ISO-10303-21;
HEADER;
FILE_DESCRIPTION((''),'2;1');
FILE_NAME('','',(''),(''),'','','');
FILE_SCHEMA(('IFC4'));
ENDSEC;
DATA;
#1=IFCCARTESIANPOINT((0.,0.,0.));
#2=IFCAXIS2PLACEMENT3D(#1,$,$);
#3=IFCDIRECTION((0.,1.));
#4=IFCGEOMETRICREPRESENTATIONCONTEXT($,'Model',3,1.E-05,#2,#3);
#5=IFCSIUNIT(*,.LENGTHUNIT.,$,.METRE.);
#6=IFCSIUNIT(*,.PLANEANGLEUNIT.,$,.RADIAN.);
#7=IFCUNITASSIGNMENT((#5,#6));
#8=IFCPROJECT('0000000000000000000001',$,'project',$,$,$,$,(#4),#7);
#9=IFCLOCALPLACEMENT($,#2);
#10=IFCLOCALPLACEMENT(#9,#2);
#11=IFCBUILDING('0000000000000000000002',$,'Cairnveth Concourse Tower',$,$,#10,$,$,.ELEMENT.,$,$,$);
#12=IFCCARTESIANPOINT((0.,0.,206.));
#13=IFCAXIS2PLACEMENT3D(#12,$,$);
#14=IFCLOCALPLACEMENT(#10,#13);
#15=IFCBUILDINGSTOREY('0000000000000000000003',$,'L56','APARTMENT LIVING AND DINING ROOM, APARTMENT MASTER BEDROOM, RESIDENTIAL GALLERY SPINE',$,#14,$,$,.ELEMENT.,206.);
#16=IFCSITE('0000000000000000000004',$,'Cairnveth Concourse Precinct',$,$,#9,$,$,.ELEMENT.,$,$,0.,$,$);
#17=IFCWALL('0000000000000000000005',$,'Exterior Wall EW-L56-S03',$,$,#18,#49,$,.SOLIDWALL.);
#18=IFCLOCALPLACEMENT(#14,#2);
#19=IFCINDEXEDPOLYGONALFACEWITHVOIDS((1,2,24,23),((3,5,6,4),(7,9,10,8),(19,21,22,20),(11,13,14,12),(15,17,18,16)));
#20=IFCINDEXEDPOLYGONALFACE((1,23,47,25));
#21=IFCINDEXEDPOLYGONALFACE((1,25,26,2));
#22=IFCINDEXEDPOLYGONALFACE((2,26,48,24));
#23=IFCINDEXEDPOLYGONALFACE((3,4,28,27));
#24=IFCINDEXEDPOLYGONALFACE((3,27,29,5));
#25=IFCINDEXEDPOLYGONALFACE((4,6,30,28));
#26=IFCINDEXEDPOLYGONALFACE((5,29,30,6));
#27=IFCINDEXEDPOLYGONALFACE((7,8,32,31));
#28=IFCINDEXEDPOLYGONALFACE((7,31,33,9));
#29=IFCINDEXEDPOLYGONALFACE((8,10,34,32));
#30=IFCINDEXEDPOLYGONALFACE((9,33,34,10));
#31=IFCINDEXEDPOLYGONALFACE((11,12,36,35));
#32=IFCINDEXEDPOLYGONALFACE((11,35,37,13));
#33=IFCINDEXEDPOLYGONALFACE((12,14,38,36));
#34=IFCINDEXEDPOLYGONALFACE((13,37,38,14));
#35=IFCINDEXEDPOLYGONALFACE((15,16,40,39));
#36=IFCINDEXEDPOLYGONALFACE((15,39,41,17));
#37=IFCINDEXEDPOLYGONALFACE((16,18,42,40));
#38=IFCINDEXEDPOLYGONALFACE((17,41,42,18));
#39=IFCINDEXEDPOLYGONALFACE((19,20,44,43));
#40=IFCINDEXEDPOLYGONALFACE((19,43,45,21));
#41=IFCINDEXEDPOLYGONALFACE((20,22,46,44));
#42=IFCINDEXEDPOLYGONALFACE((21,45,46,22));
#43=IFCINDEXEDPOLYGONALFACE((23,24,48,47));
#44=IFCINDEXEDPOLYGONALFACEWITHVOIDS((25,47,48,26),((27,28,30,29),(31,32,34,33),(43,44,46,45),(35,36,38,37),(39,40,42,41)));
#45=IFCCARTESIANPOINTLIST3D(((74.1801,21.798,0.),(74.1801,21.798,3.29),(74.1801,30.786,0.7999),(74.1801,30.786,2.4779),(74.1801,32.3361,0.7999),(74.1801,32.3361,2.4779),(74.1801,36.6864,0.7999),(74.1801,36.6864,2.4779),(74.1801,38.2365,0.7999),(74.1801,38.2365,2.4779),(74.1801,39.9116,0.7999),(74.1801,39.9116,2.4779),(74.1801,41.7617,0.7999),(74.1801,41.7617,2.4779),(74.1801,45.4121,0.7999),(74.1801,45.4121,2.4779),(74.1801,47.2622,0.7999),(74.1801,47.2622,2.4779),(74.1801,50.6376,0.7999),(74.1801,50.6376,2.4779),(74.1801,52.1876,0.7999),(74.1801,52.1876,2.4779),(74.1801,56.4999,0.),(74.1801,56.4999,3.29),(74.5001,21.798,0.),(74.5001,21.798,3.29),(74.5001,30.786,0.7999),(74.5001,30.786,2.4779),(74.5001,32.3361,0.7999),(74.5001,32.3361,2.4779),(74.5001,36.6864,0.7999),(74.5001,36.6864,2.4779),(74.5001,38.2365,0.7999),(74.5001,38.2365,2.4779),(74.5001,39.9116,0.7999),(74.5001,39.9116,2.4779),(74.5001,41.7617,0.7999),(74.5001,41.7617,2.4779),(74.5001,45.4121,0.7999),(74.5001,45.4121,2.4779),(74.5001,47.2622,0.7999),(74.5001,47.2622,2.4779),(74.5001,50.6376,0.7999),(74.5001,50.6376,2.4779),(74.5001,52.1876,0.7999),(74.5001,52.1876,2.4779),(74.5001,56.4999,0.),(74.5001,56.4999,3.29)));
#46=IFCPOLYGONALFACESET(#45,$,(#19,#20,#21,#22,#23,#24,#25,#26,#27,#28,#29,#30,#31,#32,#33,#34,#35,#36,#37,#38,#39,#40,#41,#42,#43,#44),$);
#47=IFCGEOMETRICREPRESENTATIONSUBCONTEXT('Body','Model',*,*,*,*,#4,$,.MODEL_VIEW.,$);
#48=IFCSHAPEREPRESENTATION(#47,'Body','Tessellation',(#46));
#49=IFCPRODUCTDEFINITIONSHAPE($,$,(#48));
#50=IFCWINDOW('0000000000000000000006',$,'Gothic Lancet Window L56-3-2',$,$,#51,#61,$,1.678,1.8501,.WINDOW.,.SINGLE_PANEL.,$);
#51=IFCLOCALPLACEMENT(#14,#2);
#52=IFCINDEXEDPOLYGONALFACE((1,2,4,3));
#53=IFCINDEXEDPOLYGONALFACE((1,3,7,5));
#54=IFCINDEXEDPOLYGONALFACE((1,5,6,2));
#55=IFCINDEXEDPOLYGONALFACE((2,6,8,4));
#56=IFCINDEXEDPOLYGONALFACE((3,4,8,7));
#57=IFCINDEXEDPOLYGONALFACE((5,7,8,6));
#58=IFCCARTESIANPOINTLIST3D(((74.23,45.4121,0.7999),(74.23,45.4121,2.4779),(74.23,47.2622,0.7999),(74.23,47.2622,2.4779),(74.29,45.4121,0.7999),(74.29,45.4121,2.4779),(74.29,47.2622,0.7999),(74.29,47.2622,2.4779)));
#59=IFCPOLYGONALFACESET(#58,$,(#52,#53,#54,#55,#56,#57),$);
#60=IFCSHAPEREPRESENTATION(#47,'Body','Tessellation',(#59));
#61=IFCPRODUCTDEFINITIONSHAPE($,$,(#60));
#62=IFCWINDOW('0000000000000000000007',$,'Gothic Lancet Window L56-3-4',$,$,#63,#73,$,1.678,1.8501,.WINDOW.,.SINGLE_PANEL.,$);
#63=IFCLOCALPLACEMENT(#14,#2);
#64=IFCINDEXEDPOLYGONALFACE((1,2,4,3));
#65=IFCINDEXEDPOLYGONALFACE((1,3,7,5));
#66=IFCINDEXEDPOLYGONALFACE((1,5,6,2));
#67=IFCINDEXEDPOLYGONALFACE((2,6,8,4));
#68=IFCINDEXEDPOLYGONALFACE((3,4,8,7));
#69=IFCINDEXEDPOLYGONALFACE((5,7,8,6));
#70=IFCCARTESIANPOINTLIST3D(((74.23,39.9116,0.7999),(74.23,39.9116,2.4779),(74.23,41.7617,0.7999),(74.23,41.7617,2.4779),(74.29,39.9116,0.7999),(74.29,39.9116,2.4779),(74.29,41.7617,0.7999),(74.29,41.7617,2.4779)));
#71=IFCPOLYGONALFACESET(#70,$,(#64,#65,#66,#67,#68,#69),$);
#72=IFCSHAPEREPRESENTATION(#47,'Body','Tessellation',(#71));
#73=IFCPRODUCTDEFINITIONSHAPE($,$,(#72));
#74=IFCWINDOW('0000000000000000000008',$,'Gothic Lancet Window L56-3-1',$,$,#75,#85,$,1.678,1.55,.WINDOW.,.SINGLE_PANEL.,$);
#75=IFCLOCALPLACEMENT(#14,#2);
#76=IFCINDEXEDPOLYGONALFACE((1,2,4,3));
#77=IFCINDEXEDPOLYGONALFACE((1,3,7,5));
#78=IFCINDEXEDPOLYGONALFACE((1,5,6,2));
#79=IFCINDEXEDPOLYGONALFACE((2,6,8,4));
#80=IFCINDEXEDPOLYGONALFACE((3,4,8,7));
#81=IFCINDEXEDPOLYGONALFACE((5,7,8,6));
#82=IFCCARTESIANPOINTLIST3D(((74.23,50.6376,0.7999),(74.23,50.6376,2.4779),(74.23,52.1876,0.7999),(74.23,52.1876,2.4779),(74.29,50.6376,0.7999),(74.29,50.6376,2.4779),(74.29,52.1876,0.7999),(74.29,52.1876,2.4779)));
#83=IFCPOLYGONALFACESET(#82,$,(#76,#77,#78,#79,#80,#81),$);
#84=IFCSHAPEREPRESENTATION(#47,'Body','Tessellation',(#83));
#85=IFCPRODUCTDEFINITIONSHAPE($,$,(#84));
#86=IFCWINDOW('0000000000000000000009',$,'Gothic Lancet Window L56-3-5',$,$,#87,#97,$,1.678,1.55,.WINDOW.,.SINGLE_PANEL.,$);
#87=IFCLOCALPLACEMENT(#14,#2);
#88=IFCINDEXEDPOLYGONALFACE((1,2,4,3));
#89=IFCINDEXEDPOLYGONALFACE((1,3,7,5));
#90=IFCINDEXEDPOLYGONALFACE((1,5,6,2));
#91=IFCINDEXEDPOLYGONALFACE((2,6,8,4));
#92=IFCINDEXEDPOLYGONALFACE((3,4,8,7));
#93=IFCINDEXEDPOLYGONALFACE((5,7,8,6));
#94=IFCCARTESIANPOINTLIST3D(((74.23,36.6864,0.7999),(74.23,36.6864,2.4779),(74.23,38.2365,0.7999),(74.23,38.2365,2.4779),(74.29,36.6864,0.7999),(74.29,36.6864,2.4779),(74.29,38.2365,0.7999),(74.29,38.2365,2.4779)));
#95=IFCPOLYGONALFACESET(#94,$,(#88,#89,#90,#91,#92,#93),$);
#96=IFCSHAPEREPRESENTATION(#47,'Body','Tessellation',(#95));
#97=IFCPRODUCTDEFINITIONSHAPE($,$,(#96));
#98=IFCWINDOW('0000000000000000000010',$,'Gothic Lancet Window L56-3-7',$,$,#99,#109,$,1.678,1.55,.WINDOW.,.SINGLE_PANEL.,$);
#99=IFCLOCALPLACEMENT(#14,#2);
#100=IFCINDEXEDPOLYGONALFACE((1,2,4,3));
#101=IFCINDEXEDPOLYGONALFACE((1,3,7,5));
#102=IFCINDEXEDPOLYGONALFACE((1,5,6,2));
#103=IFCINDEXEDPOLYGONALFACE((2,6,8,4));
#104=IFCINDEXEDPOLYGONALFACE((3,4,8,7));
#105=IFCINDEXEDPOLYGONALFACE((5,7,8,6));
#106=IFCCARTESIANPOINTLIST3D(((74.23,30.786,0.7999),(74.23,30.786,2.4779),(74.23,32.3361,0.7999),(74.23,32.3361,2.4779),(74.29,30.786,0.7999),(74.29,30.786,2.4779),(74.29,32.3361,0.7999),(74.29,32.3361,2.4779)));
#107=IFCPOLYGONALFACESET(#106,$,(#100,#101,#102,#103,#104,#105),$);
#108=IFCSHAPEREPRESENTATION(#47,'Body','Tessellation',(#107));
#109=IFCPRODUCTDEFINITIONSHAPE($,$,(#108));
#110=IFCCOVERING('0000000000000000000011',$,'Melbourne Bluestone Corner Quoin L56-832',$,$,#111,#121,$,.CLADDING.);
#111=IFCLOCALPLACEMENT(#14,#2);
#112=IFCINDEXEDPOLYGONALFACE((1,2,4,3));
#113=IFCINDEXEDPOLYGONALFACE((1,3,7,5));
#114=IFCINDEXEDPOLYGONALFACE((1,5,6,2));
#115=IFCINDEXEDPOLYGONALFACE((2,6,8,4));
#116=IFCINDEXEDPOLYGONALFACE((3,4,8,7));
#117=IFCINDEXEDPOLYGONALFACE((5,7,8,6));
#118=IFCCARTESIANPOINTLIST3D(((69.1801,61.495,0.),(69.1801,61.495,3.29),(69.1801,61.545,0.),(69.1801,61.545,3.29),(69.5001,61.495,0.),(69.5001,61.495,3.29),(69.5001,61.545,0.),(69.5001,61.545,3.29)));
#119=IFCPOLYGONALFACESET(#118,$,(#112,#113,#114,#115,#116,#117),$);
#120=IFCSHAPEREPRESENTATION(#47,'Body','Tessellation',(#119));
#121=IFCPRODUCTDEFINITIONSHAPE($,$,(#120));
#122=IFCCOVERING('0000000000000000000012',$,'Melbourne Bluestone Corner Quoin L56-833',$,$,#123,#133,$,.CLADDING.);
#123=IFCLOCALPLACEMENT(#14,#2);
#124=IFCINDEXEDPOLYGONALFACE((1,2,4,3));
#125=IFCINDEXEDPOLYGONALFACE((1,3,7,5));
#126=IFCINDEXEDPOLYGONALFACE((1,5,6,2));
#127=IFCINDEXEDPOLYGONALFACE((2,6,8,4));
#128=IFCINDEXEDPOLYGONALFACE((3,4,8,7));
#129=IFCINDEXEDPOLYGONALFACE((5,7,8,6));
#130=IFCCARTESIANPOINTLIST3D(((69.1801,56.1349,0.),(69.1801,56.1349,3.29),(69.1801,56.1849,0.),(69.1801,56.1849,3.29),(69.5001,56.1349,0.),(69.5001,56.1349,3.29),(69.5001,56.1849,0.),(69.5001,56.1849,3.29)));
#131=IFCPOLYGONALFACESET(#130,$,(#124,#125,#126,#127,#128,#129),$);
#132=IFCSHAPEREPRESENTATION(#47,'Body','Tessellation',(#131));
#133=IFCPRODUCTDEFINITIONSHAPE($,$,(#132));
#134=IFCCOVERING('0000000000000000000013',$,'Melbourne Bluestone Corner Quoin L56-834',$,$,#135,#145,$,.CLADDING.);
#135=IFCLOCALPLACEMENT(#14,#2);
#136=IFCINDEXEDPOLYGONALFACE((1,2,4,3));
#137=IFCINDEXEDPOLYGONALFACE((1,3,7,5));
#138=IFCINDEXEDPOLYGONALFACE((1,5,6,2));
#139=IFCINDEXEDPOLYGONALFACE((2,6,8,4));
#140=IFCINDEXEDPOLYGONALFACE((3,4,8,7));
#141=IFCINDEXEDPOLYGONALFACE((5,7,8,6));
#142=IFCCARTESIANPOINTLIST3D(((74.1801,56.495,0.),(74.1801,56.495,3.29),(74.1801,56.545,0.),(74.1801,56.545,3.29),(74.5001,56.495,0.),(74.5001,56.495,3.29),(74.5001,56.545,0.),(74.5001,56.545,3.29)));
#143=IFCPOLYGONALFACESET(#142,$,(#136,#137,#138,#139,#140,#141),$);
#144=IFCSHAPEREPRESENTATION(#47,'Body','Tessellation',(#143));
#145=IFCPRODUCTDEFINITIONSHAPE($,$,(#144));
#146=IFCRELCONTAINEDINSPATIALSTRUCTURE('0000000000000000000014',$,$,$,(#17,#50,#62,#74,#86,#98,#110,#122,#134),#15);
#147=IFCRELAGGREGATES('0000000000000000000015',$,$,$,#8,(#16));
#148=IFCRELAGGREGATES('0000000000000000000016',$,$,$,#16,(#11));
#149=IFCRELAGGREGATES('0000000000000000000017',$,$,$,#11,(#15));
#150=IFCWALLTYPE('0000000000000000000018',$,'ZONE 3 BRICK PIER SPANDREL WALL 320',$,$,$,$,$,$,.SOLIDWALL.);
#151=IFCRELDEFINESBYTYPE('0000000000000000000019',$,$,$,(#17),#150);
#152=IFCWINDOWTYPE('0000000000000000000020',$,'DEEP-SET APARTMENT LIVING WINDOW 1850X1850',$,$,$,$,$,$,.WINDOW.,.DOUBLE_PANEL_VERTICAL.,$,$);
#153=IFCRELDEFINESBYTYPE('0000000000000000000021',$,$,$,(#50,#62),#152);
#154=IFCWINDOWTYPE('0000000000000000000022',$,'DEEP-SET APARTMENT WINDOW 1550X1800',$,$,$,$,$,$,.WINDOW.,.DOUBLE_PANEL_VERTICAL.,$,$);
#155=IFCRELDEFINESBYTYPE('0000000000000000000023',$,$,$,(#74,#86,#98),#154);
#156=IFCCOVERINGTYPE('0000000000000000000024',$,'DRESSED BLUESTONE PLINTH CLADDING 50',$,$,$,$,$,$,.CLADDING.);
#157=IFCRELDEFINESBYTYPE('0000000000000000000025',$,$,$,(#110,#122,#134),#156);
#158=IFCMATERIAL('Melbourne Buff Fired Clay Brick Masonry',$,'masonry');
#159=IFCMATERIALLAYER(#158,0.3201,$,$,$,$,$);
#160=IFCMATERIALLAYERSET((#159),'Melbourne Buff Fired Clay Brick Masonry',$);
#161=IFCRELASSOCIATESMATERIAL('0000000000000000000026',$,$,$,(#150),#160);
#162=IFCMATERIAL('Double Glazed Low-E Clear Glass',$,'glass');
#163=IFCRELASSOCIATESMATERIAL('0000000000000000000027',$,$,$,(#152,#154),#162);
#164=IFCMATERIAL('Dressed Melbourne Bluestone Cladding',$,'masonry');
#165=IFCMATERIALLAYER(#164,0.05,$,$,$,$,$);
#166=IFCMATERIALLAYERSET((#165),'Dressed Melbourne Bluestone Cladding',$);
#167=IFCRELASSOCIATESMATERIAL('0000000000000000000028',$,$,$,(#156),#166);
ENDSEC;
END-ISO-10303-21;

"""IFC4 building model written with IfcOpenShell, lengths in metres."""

from ifc_helpers import new_model, si_unit, direction, frame, frame_2d, origin, place, context, subcontext, project, spatial, rectangle, extrude, material, layer, layer_set, type_object, element, fill, save


model = new_model("IFC4")

# Units and contexts
model_context = context("Model", 3, precision=1e-05, world=origin(), true_north=direction((0.0, 1.0)))
body_context = subcontext(model_context, "Body", "Model", "MODEL_VIEW")
ifc_project = project(units=[si_unit("LENGTHUNIT", "METRE"), si_unit("PLANEANGLEUNIT", "RADIAN")], contexts=[model_context])

# Site, building, storey
site_placement = place(None, origin())
site = spatial("IfcSite", under=ifc_project, at=site_placement, Name="Cairnveth Concourse Precinct", CompositionType="ELEMENT", RefElevation=0.0)
building_placement = place(site_placement, origin())
building = spatial("IfcBuilding", under=site, at=building_placement, Name="Cairnveth Concourse Tower", CompositionType="ELEMENT")
storey_placement = place(building_placement, frame((0.0, 0.0, 206.0)))
storey = spatial("IfcBuildingStorey", under=building, at=storey_placement, Name="L56", Description="APARTMENT LIVING AND DINING ROOM, APARTMENT MASTER BEDROOM, RESIDENTIAL GALLERY SPINE", CompositionType="ELEMENT", Elevation=206.0)

# Shared definitions
ifc_material_1 = material(Name="Melbourne Buff Fired Clay Brick Masonry", Category="masonry")
ifc_layer_1 = layer(ifc_material_1, 0.3201)
ifc_layer_set_1 = layer_set([ifc_layer_1], Name="Melbourne Buff Fired Clay Brick Masonry")
wall_type = type_object("IfcWallType", Name="ZONE 3 BRICK PIER SPANDREL WALL 320", PredefinedType="SOLIDWALL", material=ifc_layer_set_1)
ifc_material_2 = material(Name="Double Glazed Low-E Clear Glass", Category="glass")

# Wall, openings, windows
wall_1_placement = place(storey_placement, frame((74.3401, 56.5, 0.0), z_axis=(0.0, 0.0, 1.0), x_axis=(0.0, -1.0, 0.0)))
wall_1 = element("IfcWall", 1, at=wall_1_placement, inside=storey, type_object=wall_type, Name="Exterior Wall EW-L56-S03", PredefinedType="SOLIDWALL", context=body_context, shape_type="SweptSolid", body=[
    extrude(rectangle(XDim=34.7019, YDim=0.3201, at=frame_2d((17.3511, 0.0))), origin(), (0.0, 0.0, 1.0), 3.29),
])
opening_1_placement = place(wall_1_placement, frame((4.3125, 0.0, 0.8)))
opening_1 = element("IfcOpeningElement", 2, at=opening_1_placement, cuts=wall_1, PredefinedType="OPENING", context=body_context, shape_type="SweptSolid", body=[
    extrude(rectangle(XDim=1.55, YDim=1.678, at=frame_2d((0.7749, 0.8389))), frame((0.0, 0.1699, 0.0), z_axis=(0.0, -1.0, 0.0), x_axis=(1.0, 0.0, 0.0)), (0.0, 0.0, 1.0), 0.3401),
])
opening_2_placement = place(wall_1_placement, frame((9.2378, 0.0, 0.8)))
opening_2 = element("IfcOpeningElement", 3, at=opening_2_placement, cuts=wall_1, PredefinedType="OPENING", context=body_context, shape_type="SweptSolid", body=[
    extrude(rectangle(XDim=1.8501, YDim=1.678, at=frame_2d((0.925, 0.8389))), frame((0.0, 0.1699, 0.0), z_axis=(0.0, -1.0, 0.0), x_axis=(1.0, 0.0, 0.0)), (0.0, 0.0, 1.0), 0.3401),
])
opening_3_placement = place(wall_1_placement, frame((14.7383, 0.0, 0.8)))
opening_3 = element("IfcOpeningElement", 4, at=opening_3_placement, cuts=wall_1, PredefinedType="OPENING", context=body_context, shape_type="SweptSolid", body=[
    extrude(rectangle(XDim=1.8501, YDim=1.678, at=frame_2d((0.925, 0.8389))), frame((0.0, 0.1699, 0.0), z_axis=(0.0, -1.0, 0.0), x_axis=(1.0, 0.0, 0.0)), (0.0, 0.0, 1.0), 0.3401),
])
opening_4_placement = place(wall_1_placement, frame((18.2637, 0.0, 0.8)))
opening_4 = element("IfcOpeningElement", 5, at=opening_4_placement, cuts=wall_1, PredefinedType="OPENING", context=body_context, shape_type="SweptSolid", body=[
    extrude(rectangle(XDim=1.55, YDim=1.678, at=frame_2d((0.7749, 0.8389))), frame((0.0, 0.1699, 0.0), z_axis=(0.0, -1.0, 0.0), x_axis=(1.0, 0.0, 0.0)), (0.0, 0.0, 1.0), 0.3401),
])
opening_5_placement = place(wall_1_placement, frame((24.1641, 0.0, 0.8)))
opening_5 = element("IfcOpeningElement", 6, at=opening_5_placement, cuts=wall_1, PredefinedType="OPENING", context=body_context, shape_type="SweptSolid", body=[
    extrude(rectangle(XDim=1.55, YDim=1.678, at=frame_2d((0.7749, 0.8389))), frame((0.0, 0.1699, 0.0), z_axis=(0.0, -1.0, 0.0), x_axis=(1.0, 0.0, 0.0)), (0.0, 0.0, 1.0), 0.3401),
])
window_type_1 = type_object("IfcWindowType", Name="DEEP-SET APARTMENT LIVING WINDOW 1850X1850", PartitioningType="DOUBLE_PANEL_VERTICAL", PredefinedType="WINDOW", material=ifc_material_2)
window_1_placement = place(opening_2_placement, origin())
window_1 = element("IfcWindow", 7, at=window_1_placement, inside=storey, type_object=window_type_1, Name="Gothic Lancet Window L56-3-2", OverallHeight=1.678, OverallWidth=1.8501, PartitioningType="SINGLE_PANEL", PredefinedType="WINDOW", context=body_context, shape_type="SweptSolid", body=[
    extrude(rectangle(XDim=1.8501, YDim=1.678, at=frame_2d((0.925, 0.8389))), frame((0.0, -0.05, 0.0), z_axis=(0.0, -1.0, 0.0), x_axis=(1.0, 0.0, 0.0)), (0.0, 0.0, 1.0), 0.0601),
])
fill(opening_2, window_1)
window_2_placement = place(opening_3_placement, origin())
window_2 = element("IfcWindow", 8, at=window_2_placement, inside=storey, type_object=window_type_1, Name="Gothic Lancet Window L56-3-4", OverallHeight=1.678, OverallWidth=1.8501, PartitioningType="SINGLE_PANEL", PredefinedType="WINDOW", context=body_context, shape_type="SweptSolid", body=[
    extrude(rectangle(XDim=1.8501, YDim=1.678, at=frame_2d((0.925, 0.8389))), frame((0.0, -0.05, 0.0), z_axis=(0.0, -1.0, 0.0), x_axis=(1.0, 0.0, 0.0)), (0.0, 0.0, 1.0), 0.0601),
])
fill(opening_3, window_2)
window_type_2 = type_object("IfcWindowType", Name="DEEP-SET APARTMENT WINDOW 1550X1800", PartitioningType="DOUBLE_PANEL_VERTICAL", PredefinedType="WINDOW", material=ifc_material_2)
window_3_placement = place(opening_1_placement, origin())
window_3 = element("IfcWindow", 9, at=window_3_placement, inside=storey, type_object=window_type_2, Name="Gothic Lancet Window L56-3-1", OverallHeight=1.678, OverallWidth=1.55, PartitioningType="SINGLE_PANEL", PredefinedType="WINDOW", context=body_context, shape_type="SweptSolid", body=[
    extrude(rectangle(XDim=1.55, YDim=1.678, at=frame_2d((0.7749, 0.8389))), frame((0.0, -0.05, 0.0), z_axis=(0.0, -1.0, 0.0), x_axis=(1.0, 0.0, 0.0)), (0.0, 0.0, 1.0), 0.0601),
])
fill(opening_1, window_3)
window_4_placement = place(opening_4_placement, origin())
window_4 = element("IfcWindow", 10, at=window_4_placement, inside=storey, type_object=window_type_2, Name="Gothic Lancet Window L56-3-5", OverallHeight=1.678, OverallWidth=1.55, PartitioningType="SINGLE_PANEL", PredefinedType="WINDOW", context=body_context, shape_type="SweptSolid", body=[
    extrude(rectangle(XDim=1.55, YDim=1.678, at=frame_2d((0.7749, 0.8389))), frame((0.0, -0.05, 0.0), z_axis=(0.0, -1.0, 0.0), x_axis=(1.0, 0.0, 0.0)), (0.0, 0.0, 1.0), 0.0601),
])
fill(opening_4, window_4)
window_5_placement = place(opening_5_placement, origin())
window_5 = element("IfcWindow", 11, at=window_5_placement, inside=storey, type_object=window_type_2, Name="Gothic Lancet Window L56-3-7", OverallHeight=1.678, OverallWidth=1.55, PartitioningType="SINGLE_PANEL", PredefinedType="WINDOW", context=body_context, shape_type="SweptSolid", body=[
    extrude(rectangle(XDim=1.55, YDim=1.678, at=frame_2d((0.7749, 0.8389))), frame((0.0, -0.05, 0.0), z_axis=(0.0, -1.0, 0.0), x_axis=(1.0, 0.0, 0.0)), (0.0, 0.0, 1.0), 0.0601),
])
fill(opening_5, window_5)

# Coverings
ifc_material_3 = material(Name="Dressed Melbourne Bluestone Cladding", Category="masonry")
ifc_layer_2 = layer(ifc_material_3, 0.05)
ifc_layer_set_2 = layer_set([ifc_layer_2], Name="Dressed Melbourne Bluestone Cladding")
covering_type = type_object("IfcCoveringType", Name="DRESSED BLUESTONE PLINTH CLADDING 50", PredefinedType="CLADDING", material=ifc_layer_set_2)
for number, where, z_axis, x_axis, name in (
    (12, (69.1799, 61.52, 0.0), (0.0, 0.0, 1.0), (1.0, 0.0, 0.0), "Melbourne Bluestone Corner Quoin L56-832"),
    (13, (69.1799, 56.1599, 0.0), (0.0, 0.0, 1.0), (1.0, 0.0, 0.0), "Melbourne Bluestone Corner Quoin L56-833"),
    (14, (74.1799, 56.52, 0.0), (0.0, 0.0, 1.0), (1.0, 0.0, 0.0), "Melbourne Bluestone Corner Quoin L56-834"),
):
    element("IfcCovering", number, at=place(storey_placement, frame(where, z_axis=z_axis, x_axis=x_axis)), inside=storey, type_object=covering_type, Name=name, PredefinedType="CLADDING", context=body_context, shape_type="SweptSolid", body=[
        extrude(rectangle(XDim=0.3201, YDim=0.05, at=frame_2d((0.1602, 0.0))), origin(), (0.0, 0.0, 1.0), 3.29),
    ])

save(model, "model.ifc")
